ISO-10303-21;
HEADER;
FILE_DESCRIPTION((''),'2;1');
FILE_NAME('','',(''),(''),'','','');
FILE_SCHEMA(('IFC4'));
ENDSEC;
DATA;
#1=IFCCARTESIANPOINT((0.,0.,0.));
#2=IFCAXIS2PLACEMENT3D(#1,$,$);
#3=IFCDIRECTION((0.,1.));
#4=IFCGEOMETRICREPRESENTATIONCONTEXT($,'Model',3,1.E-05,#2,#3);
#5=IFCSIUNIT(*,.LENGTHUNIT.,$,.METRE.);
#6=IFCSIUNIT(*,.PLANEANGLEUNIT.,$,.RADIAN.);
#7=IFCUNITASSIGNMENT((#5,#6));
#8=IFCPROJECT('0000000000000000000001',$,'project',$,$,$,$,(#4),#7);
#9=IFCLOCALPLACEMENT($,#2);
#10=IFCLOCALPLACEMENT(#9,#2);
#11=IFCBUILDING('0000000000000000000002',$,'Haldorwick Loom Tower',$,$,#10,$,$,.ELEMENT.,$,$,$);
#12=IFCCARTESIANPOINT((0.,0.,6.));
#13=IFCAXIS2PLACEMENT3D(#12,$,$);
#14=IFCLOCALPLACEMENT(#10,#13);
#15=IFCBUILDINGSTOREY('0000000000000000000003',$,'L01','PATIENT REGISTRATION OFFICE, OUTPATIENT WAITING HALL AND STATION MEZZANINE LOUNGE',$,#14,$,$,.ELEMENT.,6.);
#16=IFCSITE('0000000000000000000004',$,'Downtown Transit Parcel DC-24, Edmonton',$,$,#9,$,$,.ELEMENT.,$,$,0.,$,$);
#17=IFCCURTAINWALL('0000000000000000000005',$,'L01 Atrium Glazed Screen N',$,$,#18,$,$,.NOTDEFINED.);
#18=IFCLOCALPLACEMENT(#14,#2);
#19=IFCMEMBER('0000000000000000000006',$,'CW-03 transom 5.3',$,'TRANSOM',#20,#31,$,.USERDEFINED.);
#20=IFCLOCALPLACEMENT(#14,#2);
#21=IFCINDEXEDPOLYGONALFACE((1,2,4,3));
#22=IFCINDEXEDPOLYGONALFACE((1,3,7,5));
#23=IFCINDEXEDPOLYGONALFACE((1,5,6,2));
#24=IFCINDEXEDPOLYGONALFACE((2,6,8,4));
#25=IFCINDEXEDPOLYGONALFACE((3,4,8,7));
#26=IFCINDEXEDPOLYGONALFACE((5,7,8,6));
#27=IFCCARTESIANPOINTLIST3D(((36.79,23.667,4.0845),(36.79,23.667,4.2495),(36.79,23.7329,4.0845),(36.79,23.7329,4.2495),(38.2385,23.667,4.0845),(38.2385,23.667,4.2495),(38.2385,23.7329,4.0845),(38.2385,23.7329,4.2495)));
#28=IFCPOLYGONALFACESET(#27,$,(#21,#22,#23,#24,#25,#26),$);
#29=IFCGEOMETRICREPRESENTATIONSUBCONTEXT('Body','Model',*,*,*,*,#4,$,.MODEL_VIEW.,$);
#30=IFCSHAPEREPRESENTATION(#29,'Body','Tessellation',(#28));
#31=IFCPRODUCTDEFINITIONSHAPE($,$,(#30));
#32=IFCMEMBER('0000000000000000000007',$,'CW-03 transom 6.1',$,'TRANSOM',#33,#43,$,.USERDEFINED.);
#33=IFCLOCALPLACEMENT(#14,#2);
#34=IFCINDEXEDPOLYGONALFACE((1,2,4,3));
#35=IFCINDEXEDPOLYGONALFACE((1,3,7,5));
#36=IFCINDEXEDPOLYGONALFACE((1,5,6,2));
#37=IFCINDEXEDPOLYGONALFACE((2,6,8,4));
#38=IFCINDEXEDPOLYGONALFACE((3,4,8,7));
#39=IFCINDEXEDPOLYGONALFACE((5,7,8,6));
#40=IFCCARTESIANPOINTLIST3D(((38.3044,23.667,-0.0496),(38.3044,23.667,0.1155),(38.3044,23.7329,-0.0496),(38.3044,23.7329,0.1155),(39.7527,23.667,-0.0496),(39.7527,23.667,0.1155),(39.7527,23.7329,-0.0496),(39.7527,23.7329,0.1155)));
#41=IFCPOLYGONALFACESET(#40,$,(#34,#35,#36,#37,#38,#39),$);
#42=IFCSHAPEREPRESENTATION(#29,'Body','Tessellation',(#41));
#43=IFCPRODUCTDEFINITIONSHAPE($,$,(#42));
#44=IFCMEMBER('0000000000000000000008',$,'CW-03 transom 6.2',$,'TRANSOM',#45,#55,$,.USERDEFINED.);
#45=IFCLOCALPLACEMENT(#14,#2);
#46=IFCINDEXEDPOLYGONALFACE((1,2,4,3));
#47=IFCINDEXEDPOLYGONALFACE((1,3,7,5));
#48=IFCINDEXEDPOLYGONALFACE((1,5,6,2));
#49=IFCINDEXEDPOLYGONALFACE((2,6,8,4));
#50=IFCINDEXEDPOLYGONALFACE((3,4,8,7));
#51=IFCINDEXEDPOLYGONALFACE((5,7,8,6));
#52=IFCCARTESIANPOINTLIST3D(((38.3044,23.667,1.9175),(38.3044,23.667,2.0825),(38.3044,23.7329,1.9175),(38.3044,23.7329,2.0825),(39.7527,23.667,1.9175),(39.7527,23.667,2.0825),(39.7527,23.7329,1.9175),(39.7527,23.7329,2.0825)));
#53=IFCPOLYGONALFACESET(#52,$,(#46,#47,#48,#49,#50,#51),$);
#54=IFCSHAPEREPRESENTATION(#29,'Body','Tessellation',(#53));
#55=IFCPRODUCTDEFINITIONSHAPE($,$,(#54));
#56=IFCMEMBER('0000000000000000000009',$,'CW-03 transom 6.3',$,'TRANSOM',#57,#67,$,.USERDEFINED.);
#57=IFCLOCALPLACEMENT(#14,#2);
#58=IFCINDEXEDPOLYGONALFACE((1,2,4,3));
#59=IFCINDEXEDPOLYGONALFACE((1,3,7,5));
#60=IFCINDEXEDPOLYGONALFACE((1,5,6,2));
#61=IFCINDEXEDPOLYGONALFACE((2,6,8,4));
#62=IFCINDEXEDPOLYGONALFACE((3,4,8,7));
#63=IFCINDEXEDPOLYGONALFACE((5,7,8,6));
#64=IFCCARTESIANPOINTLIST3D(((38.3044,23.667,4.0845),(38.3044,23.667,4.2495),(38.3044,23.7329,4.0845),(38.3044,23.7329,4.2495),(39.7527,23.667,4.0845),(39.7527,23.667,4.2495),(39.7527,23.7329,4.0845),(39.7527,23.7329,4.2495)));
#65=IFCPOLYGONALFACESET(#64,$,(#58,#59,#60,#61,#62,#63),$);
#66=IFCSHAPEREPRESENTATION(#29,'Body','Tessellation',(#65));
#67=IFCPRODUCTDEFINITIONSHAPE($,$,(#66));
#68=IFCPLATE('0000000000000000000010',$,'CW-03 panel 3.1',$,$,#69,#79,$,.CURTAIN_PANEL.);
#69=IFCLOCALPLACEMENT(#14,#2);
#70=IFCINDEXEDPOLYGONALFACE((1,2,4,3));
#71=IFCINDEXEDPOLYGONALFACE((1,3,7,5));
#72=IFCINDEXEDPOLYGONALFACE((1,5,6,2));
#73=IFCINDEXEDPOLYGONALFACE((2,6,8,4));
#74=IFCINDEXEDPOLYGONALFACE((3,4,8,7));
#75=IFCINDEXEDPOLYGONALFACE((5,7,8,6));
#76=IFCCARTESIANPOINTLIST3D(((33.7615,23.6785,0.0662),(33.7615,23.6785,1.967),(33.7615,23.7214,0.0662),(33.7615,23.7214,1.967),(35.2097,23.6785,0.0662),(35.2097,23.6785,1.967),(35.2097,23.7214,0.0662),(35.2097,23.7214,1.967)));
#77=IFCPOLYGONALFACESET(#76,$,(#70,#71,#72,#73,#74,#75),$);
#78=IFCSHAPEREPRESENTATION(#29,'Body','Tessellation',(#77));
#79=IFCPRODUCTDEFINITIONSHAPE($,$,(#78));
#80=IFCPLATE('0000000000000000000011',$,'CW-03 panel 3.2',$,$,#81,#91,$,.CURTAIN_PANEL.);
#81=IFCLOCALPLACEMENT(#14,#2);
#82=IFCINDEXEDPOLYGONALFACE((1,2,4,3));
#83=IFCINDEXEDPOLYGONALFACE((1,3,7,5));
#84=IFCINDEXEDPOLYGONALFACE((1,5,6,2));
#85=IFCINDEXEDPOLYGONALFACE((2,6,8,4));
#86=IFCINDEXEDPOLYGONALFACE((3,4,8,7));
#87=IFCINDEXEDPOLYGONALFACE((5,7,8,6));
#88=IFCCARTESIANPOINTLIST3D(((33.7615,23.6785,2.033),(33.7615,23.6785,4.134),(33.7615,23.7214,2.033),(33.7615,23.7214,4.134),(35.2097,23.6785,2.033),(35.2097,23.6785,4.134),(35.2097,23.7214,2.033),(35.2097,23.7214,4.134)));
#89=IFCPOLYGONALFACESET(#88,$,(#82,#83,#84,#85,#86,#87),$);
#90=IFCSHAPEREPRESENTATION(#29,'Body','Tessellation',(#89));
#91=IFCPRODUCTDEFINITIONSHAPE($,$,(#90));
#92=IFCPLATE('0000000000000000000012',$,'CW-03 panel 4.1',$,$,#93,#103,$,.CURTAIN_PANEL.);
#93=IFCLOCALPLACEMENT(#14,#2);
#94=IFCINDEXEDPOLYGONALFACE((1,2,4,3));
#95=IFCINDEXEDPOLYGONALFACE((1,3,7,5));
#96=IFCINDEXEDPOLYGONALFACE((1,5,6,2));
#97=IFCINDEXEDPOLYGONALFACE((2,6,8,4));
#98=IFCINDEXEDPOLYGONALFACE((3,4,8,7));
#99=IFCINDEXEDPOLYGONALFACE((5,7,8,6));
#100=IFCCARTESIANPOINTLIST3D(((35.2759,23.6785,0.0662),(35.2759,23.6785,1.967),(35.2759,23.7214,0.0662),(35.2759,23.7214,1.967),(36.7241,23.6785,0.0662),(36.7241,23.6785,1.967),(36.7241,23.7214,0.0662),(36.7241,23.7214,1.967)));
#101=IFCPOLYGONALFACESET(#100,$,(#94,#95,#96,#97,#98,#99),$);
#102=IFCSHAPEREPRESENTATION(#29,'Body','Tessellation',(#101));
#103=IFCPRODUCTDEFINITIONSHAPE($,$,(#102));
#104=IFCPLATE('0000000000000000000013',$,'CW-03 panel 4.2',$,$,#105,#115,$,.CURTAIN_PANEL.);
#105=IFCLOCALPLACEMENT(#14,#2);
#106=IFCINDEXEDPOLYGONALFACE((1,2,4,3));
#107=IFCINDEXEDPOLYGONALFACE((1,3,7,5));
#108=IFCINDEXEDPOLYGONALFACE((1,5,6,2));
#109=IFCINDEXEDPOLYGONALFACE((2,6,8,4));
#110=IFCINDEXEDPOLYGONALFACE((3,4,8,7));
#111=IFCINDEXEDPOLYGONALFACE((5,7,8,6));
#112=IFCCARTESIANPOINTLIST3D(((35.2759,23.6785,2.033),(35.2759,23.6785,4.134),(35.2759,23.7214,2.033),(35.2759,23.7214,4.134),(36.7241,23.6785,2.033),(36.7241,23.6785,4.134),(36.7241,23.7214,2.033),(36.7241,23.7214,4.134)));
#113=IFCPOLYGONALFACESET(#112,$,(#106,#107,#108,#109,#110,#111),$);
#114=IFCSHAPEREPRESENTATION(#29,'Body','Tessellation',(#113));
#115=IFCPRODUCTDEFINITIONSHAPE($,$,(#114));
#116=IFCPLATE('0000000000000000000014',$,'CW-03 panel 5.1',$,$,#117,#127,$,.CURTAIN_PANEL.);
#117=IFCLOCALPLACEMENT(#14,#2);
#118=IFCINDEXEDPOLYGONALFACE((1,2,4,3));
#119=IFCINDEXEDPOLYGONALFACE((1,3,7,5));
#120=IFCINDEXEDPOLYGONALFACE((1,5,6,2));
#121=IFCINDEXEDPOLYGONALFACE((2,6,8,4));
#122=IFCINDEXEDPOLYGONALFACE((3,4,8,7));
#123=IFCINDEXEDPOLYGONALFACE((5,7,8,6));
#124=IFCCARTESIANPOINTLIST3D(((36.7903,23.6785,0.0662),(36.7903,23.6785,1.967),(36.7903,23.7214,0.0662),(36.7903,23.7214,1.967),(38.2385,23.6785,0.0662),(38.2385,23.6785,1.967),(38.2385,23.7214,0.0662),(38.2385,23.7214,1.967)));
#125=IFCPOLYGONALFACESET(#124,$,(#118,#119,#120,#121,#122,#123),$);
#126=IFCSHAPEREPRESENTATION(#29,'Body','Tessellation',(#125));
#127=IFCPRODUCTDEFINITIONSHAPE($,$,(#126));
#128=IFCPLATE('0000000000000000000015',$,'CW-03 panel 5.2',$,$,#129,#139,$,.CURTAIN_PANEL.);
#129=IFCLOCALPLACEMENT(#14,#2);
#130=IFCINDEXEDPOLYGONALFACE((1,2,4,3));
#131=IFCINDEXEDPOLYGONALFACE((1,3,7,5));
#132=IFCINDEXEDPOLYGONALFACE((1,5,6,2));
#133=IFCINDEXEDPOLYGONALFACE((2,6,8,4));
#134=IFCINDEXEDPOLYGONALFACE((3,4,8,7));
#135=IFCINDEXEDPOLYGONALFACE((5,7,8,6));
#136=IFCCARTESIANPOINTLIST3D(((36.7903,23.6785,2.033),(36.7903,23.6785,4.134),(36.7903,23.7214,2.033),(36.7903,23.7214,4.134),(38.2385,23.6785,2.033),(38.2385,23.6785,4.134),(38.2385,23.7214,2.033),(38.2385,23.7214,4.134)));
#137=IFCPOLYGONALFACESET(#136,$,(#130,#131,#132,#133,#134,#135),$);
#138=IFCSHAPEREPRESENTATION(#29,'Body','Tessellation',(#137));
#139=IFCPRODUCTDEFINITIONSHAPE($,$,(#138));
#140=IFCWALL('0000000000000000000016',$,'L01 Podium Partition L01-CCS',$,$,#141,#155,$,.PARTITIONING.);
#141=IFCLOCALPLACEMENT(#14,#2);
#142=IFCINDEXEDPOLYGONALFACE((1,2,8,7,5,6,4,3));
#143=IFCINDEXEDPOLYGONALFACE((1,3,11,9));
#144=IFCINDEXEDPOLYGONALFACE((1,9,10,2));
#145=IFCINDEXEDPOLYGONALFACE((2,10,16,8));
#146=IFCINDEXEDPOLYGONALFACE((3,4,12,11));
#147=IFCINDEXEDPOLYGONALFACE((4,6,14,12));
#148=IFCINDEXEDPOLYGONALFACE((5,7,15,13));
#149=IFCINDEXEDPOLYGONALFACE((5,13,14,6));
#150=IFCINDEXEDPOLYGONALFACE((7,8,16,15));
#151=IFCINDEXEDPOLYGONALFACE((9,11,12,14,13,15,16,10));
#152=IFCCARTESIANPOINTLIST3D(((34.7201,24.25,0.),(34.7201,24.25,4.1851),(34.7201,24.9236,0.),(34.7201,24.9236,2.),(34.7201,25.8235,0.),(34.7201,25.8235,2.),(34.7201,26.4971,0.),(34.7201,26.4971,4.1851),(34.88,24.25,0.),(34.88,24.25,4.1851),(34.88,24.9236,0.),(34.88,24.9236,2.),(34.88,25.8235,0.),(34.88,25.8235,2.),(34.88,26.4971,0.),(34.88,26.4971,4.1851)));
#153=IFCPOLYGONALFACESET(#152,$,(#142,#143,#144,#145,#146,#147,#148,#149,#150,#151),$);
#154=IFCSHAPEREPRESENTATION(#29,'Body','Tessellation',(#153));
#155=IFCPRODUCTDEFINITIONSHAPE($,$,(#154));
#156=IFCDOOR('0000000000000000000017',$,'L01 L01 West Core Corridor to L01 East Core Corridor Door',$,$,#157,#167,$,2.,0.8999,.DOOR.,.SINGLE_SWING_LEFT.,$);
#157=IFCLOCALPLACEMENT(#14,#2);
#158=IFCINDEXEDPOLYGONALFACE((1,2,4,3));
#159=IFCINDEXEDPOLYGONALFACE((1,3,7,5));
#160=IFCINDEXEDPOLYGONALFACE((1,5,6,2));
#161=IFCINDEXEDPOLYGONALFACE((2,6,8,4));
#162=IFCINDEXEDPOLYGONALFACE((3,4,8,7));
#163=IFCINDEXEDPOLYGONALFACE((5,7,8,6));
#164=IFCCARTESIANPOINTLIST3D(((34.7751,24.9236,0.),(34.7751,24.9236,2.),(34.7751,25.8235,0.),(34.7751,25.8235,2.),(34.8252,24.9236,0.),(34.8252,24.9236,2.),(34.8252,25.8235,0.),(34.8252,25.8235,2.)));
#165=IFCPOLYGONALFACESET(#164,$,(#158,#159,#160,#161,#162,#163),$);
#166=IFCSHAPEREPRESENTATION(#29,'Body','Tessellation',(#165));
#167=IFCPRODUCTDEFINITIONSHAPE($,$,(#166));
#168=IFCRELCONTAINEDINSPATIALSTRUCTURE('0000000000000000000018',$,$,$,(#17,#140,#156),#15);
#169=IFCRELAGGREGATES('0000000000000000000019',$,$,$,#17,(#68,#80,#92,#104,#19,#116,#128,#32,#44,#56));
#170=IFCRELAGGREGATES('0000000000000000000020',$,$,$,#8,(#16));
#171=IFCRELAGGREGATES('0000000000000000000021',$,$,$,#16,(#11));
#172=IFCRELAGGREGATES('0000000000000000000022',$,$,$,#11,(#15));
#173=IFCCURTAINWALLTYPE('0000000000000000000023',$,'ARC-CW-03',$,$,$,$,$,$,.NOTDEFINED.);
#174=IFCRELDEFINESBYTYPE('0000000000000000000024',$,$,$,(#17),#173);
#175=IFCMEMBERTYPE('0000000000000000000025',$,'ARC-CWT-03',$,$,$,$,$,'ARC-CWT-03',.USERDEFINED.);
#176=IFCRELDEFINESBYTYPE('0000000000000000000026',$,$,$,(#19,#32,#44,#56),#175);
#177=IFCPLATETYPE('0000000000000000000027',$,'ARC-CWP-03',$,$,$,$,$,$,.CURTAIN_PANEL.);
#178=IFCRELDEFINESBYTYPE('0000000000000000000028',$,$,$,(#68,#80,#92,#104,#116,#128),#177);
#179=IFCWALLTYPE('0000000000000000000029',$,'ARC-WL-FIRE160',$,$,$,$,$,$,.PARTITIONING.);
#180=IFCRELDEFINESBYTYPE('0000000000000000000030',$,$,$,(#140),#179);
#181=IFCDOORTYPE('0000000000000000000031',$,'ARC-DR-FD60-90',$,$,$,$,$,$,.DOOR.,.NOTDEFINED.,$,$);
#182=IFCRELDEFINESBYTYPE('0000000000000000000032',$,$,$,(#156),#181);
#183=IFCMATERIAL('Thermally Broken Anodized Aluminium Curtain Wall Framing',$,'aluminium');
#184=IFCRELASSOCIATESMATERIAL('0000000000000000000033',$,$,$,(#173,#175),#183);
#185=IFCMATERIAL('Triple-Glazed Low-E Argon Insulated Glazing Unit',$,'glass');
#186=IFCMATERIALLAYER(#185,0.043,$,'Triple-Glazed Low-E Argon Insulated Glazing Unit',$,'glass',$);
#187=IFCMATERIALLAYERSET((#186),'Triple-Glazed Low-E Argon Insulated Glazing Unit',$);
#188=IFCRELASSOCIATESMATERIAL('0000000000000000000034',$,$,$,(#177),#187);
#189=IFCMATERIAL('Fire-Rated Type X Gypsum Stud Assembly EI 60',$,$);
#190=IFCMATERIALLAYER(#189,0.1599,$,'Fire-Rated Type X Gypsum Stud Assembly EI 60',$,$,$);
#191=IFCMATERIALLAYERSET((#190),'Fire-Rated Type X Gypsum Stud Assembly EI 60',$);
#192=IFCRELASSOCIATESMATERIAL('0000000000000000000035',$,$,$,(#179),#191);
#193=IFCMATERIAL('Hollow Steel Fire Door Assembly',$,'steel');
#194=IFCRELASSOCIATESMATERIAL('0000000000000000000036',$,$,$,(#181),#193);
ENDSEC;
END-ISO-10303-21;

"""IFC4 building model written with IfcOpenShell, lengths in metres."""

from ifc_helpers import new_model, si_unit, direction, frame, frame_2d, origin, origin_2d, place, context, subcontext, project, spatial, rectangle, extrude, material, layer, layer_set, material_profile, profile_set, type_object, element, fill, aggregate, save


model = new_model("IFC4")

# Units and contexts
model_context = context("Model", 3, precision=1e-05, world=origin(), true_north=direction((0.0, 1.0)))
body_context = subcontext(model_context, "Body", "Model", "MODEL_VIEW")
ifc_project = project(units=[si_unit("LENGTHUNIT", "METRE"), si_unit("PLANEANGLEUNIT", "RADIAN")], contexts=[model_context])

# Site, building, storey
site_placement = place(None, origin())
site = spatial("IfcSite", under=ifc_project, at=site_placement, Name="Downtown Transit Parcel DC-24, Edmonton", CompositionType="ELEMENT", RefElevation=0.0)
building_placement = place(site_placement, origin())
building = spatial("IfcBuilding", under=site, at=building_placement, Name="Haldorwick Loom Tower", CompositionType="ELEMENT")
storey_placement = place(building_placement, frame((0.0, 0.0, 6.0)))
storey = spatial("IfcBuildingStorey", under=building, at=storey_placement, Name="L01", Description="PATIENT REGISTRATION OFFICE, OUTPATIENT WAITING HALL AND STATION MEZZANINE LOUNGE", CompositionType="ELEMENT", Elevation=6.0)

# Curtain wall, members, plates
ifc_material_1 = material(Name="Thermally Broken Anodized Aluminium Curtain Wall Framing", Category="aluminium")
curtain_wall_type = type_object("IfcCurtainWallType", Name="ARC-CW-03", PredefinedType="NOTDEFINED", material=ifc_material_1)
curtain_wall_placement = place(storey_placement, origin())
curtain_wall = element("IfcCurtainWall", 1, at=curtain_wall_placement, inside=storey, type_object=curtain_wall_type, Name="L01 Atrium Glazed Screen N", PredefinedType="NOTDEFINED")
ifc_material_profile_1 = material_profile(ifc_material_1, rectangle(XDim=0.0659, YDim=0.165, at=origin_2d()), Name="ALU_TRN_66X165", Category="aluminium")
ifc_profile_set_1 = profile_set([ifc_material_profile_1], Name="Thermally Broken Anodized Aluminium Curtain Wall Framing")
member_type_1 = type_object("IfcMemberType", Name="ARC-CWT-03", ElementType="ARC-CWT-03", PredefinedType="USERDEFINED", material=ifc_profile_set_1)
member_1_placement = place(storey_placement, frame((36.79, 23.7, 4.167), z_axis=(1.0, 0.0, 0.0), x_axis=(0.0, 1.0, 0.0)))
member_1 = element("IfcMember", 2, at=member_1_placement, type_object=member_type_1, Name="CW-03 transom 5.3", ObjectType="TRANSOM", PredefinedType="USERDEFINED", context=body_context, shape_type="SweptSolid", body=[
    extrude(rectangle(XDim=0.0659, YDim=0.165, at=origin_2d()), origin(), (0.0, 0.0, 1.0), 1.4485),
])
member_2_placement = place(storey_placement, frame((38.3044, 23.7, 0.033), z_axis=(1.0, 0.0, 0.0), x_axis=(0.0, 1.0, 0.0)))
member_2 = element("IfcMember", 3, at=member_2_placement, type_object=member_type_1, Name="CW-03 transom 6.1", ObjectType="TRANSOM", PredefinedType="USERDEFINED", context=body_context, shape_type="SweptSolid", body=[
    extrude(rectangle(XDim=0.0659, YDim=0.165, at=origin_2d()), origin(), (0.0, 0.0, 1.0), 1.4482),
])
member_3_placement = place(storey_placement, frame((38.3044, 23.7, 2.0), z_axis=(1.0, 0.0, 0.0), x_axis=(0.0, 1.0, 0.0)))
member_3 = element("IfcMember", 4, at=member_3_placement, type_object=member_type_1, Name="CW-03 transom 6.2", ObjectType="TRANSOM", PredefinedType="USERDEFINED", context=body_context, shape_type="SweptSolid", body=[
    extrude(rectangle(XDim=0.0659, YDim=0.165, at=origin_2d()), origin(), (0.0, 0.0, 1.0), 1.4482),
])
member_4_placement = place(storey_placement, frame((38.3044, 23.7, 4.167), z_axis=(1.0, 0.0, 0.0), x_axis=(0.0, 1.0, 0.0)))
member_4 = element("IfcMember", 5, at=member_4_placement, type_object=member_type_1, Name="CW-03 transom 6.3", ObjectType="TRANSOM", PredefinedType="USERDEFINED", context=body_context, shape_type="SweptSolid", body=[
    extrude(rectangle(XDim=0.0659, YDim=0.165, at=origin_2d()), origin(), (0.0, 0.0, 1.0), 1.4482),
])
ifc_material_2 = material(Name="Triple-Glazed Low-E Argon Insulated Glazing Unit", Category="glass")
ifc_layer_1 = layer(ifc_material_2, 0.043, Name="Triple-Glazed Low-E Argon Insulated Glazing Unit", Category="glass")
ifc_layer_set_1 = layer_set([ifc_layer_1], Name="Triple-Glazed Low-E Argon Insulated Glazing Unit")
plate_type = type_object("IfcPlateType", Name="ARC-CWP-03", PredefinedType="CURTAIN_PANEL", material=ifc_layer_set_1)
plate_1_placement = place(storey_placement, frame((34.4856, 23.7, 0.0662), z_axis=(0.0, 0.0, 1.0), x_axis=(1.0, 0.0, 0.0)))
plate_1 = element("IfcPlate", 6, at=plate_1_placement, type_object=plate_type, Name="CW-03 panel 3.1", PredefinedType="CURTAIN_PANEL", context=body_context, shape_type="SweptSolid", body=[
    extrude(rectangle(XDim=1.4482, YDim=0.043, at=origin_2d()), origin(), (0.0, 0.0, 1.0), 1.9009),
])
plate_2_placement = place(storey_placement, frame((34.4856, 23.7, 2.033), z_axis=(0.0, 0.0, 1.0), x_axis=(1.0, 0.0, 0.0)))
plate_2 = element("IfcPlate", 7, at=plate_2_placement, type_object=plate_type, Name="CW-03 panel 3.2", PredefinedType="CURTAIN_PANEL", context=body_context, shape_type="SweptSolid", body=[
    extrude(rectangle(XDim=1.4482, YDim=0.043, at=origin_2d()), origin(), (0.0, 0.0, 1.0), 2.1011),
])
plate_3_placement = place(storey_placement, frame((36.0, 23.7, 0.0662), z_axis=(0.0, 0.0, 1.0), x_axis=(1.0, 0.0, 0.0)))
plate_3 = element("IfcPlate", 8, at=plate_3_placement, type_object=plate_type, Name="CW-03 panel 4.1", PredefinedType="CURTAIN_PANEL", context=body_context, shape_type="SweptSolid", body=[
    extrude(rectangle(XDim=1.4482, YDim=0.043, at=origin_2d()), origin(), (0.0, 0.0, 1.0), 1.9009),
])
plate_4_placement = place(storey_placement, frame((36.0, 23.7, 2.033), z_axis=(0.0, 0.0, 1.0), x_axis=(1.0, 0.0, 0.0)))
plate_4 = element("IfcPlate", 9, at=plate_4_placement, type_object=plate_type, Name="CW-03 panel 4.2", PredefinedType="CURTAIN_PANEL", context=body_context, shape_type="SweptSolid", body=[
    extrude(rectangle(XDim=1.4482, YDim=0.043, at=origin_2d()), origin(), (0.0, 0.0, 1.0), 2.1011),
])
plate_5_placement = place(storey_placement, frame((37.5144, 23.7, 0.0662), z_axis=(0.0, 0.0, 1.0), x_axis=(1.0, 0.0, 0.0)))
plate_5 = element("IfcPlate", 10, at=plate_5_placement, type_object=plate_type, Name="CW-03 panel 5.1", PredefinedType="CURTAIN_PANEL", context=body_context, shape_type="SweptSolid", body=[
    extrude(rectangle(XDim=1.4482, YDim=0.043, at=origin_2d()), origin(), (0.0, 0.0, 1.0), 1.9009),
])
plate_6_placement = place(storey_placement, frame((37.5144, 23.7, 2.033), z_axis=(0.0, 0.0, 1.0), x_axis=(1.0, 0.0, 0.0)))
plate_6 = element("IfcPlate", 11, at=plate_6_placement, type_object=plate_type, Name="CW-03 panel 5.2", PredefinedType="CURTAIN_PANEL", context=body_context, shape_type="SweptSolid", body=[
    extrude(rectangle(XDim=1.4482, YDim=0.043, at=origin_2d()), origin(), (0.0, 0.0, 1.0), 2.1011),
])
aggregate(curtain_wall, [plate_1, plate_2, plate_3, plate_4, member_1, plate_5, plate_6, member_2, member_3, member_4])

# Wall, opening, door
ifc_material_3 = material(Name="Fire-Rated Type X Gypsum Stud Assembly EI 60")
ifc_layer_2 = layer(ifc_material_3, 0.1599, Name="Fire-Rated Type X Gypsum Stud Assembly EI 60")
ifc_layer_set_2 = layer_set([ifc_layer_2], Name="Fire-Rated Type X Gypsum Stud Assembly EI 60")
wall_type = type_object("IfcWallType", Name="ARC-WL-FIRE160", PredefinedType="PARTITIONING", material=ifc_layer_set_2)
wall_1_placement = place(storey_placement, frame((34.8, 24.25, 0.0), z_axis=(0.0, 0.0, 1.0), x_axis=(0.0, 1.0, 0.0)))
wall_1 = element("IfcWall", 12, at=wall_1_placement, inside=storey, type_object=wall_type, Name="L01 Podium Partition L01-CCS", PredefinedType="PARTITIONING", context=body_context, shape_type="SweptSolid", body=[
    extrude(rectangle(XDim=2.2471, YDim=0.1599, at=frame_2d((1.1235, 0.0))), origin(), (0.0, 0.0, 1.0), 4.1851),
])
opening_1_placement = place(wall_1_placement, frame((0.6736, 0.0, 0.0)))
opening_1 = element("IfcOpeningElement", 13, at=opening_1_placement, cuts=wall_1, PredefinedType="OPENING", context=body_context, shape_type="SweptSolid", body=[
    extrude(rectangle(XDim=0.8999, YDim=2.0, at=frame_2d((0.45, 1.0))), frame((0.0, 0.0898, 0.0), z_axis=(0.0, -1.0, 0.0), x_axis=(1.0, 0.0, 0.0)), (0.0, 0.0, 1.0), 0.1799),
])
ifc_material_4 = material(Name="Hollow Steel Fire Door Assembly", Category="steel")
door_type = type_object("IfcDoorType", Name="ARC-DR-FD60-90", OperationType="NOTDEFINED", PredefinedType="DOOR", material=ifc_material_4)
door_1_placement = place(opening_1_placement, origin())
door_1 = element("IfcDoor", 14, at=door_1_placement, inside=storey, type_object=door_type, Name="L01 L01 West Core Corridor to L01 East Core Corridor Door", OperationType="SINGLE_SWING_LEFT", OverallHeight=2.0, OverallWidth=0.8999, PredefinedType="DOOR", context=body_context, shape_type="SweptSolid", body=[
    extrude(rectangle(XDim=0.8999, YDim=2.0, at=frame_2d((0.45, 1.0))), frame((0.0, 0.0249, 0.0), z_axis=(0.0, -1.0, 0.0), x_axis=(1.0, 0.0, 0.0)), (0.0, 0.0, 1.0), 0.05),
])
fill(opening_1, door_1)

save(model, "model.ifc")
